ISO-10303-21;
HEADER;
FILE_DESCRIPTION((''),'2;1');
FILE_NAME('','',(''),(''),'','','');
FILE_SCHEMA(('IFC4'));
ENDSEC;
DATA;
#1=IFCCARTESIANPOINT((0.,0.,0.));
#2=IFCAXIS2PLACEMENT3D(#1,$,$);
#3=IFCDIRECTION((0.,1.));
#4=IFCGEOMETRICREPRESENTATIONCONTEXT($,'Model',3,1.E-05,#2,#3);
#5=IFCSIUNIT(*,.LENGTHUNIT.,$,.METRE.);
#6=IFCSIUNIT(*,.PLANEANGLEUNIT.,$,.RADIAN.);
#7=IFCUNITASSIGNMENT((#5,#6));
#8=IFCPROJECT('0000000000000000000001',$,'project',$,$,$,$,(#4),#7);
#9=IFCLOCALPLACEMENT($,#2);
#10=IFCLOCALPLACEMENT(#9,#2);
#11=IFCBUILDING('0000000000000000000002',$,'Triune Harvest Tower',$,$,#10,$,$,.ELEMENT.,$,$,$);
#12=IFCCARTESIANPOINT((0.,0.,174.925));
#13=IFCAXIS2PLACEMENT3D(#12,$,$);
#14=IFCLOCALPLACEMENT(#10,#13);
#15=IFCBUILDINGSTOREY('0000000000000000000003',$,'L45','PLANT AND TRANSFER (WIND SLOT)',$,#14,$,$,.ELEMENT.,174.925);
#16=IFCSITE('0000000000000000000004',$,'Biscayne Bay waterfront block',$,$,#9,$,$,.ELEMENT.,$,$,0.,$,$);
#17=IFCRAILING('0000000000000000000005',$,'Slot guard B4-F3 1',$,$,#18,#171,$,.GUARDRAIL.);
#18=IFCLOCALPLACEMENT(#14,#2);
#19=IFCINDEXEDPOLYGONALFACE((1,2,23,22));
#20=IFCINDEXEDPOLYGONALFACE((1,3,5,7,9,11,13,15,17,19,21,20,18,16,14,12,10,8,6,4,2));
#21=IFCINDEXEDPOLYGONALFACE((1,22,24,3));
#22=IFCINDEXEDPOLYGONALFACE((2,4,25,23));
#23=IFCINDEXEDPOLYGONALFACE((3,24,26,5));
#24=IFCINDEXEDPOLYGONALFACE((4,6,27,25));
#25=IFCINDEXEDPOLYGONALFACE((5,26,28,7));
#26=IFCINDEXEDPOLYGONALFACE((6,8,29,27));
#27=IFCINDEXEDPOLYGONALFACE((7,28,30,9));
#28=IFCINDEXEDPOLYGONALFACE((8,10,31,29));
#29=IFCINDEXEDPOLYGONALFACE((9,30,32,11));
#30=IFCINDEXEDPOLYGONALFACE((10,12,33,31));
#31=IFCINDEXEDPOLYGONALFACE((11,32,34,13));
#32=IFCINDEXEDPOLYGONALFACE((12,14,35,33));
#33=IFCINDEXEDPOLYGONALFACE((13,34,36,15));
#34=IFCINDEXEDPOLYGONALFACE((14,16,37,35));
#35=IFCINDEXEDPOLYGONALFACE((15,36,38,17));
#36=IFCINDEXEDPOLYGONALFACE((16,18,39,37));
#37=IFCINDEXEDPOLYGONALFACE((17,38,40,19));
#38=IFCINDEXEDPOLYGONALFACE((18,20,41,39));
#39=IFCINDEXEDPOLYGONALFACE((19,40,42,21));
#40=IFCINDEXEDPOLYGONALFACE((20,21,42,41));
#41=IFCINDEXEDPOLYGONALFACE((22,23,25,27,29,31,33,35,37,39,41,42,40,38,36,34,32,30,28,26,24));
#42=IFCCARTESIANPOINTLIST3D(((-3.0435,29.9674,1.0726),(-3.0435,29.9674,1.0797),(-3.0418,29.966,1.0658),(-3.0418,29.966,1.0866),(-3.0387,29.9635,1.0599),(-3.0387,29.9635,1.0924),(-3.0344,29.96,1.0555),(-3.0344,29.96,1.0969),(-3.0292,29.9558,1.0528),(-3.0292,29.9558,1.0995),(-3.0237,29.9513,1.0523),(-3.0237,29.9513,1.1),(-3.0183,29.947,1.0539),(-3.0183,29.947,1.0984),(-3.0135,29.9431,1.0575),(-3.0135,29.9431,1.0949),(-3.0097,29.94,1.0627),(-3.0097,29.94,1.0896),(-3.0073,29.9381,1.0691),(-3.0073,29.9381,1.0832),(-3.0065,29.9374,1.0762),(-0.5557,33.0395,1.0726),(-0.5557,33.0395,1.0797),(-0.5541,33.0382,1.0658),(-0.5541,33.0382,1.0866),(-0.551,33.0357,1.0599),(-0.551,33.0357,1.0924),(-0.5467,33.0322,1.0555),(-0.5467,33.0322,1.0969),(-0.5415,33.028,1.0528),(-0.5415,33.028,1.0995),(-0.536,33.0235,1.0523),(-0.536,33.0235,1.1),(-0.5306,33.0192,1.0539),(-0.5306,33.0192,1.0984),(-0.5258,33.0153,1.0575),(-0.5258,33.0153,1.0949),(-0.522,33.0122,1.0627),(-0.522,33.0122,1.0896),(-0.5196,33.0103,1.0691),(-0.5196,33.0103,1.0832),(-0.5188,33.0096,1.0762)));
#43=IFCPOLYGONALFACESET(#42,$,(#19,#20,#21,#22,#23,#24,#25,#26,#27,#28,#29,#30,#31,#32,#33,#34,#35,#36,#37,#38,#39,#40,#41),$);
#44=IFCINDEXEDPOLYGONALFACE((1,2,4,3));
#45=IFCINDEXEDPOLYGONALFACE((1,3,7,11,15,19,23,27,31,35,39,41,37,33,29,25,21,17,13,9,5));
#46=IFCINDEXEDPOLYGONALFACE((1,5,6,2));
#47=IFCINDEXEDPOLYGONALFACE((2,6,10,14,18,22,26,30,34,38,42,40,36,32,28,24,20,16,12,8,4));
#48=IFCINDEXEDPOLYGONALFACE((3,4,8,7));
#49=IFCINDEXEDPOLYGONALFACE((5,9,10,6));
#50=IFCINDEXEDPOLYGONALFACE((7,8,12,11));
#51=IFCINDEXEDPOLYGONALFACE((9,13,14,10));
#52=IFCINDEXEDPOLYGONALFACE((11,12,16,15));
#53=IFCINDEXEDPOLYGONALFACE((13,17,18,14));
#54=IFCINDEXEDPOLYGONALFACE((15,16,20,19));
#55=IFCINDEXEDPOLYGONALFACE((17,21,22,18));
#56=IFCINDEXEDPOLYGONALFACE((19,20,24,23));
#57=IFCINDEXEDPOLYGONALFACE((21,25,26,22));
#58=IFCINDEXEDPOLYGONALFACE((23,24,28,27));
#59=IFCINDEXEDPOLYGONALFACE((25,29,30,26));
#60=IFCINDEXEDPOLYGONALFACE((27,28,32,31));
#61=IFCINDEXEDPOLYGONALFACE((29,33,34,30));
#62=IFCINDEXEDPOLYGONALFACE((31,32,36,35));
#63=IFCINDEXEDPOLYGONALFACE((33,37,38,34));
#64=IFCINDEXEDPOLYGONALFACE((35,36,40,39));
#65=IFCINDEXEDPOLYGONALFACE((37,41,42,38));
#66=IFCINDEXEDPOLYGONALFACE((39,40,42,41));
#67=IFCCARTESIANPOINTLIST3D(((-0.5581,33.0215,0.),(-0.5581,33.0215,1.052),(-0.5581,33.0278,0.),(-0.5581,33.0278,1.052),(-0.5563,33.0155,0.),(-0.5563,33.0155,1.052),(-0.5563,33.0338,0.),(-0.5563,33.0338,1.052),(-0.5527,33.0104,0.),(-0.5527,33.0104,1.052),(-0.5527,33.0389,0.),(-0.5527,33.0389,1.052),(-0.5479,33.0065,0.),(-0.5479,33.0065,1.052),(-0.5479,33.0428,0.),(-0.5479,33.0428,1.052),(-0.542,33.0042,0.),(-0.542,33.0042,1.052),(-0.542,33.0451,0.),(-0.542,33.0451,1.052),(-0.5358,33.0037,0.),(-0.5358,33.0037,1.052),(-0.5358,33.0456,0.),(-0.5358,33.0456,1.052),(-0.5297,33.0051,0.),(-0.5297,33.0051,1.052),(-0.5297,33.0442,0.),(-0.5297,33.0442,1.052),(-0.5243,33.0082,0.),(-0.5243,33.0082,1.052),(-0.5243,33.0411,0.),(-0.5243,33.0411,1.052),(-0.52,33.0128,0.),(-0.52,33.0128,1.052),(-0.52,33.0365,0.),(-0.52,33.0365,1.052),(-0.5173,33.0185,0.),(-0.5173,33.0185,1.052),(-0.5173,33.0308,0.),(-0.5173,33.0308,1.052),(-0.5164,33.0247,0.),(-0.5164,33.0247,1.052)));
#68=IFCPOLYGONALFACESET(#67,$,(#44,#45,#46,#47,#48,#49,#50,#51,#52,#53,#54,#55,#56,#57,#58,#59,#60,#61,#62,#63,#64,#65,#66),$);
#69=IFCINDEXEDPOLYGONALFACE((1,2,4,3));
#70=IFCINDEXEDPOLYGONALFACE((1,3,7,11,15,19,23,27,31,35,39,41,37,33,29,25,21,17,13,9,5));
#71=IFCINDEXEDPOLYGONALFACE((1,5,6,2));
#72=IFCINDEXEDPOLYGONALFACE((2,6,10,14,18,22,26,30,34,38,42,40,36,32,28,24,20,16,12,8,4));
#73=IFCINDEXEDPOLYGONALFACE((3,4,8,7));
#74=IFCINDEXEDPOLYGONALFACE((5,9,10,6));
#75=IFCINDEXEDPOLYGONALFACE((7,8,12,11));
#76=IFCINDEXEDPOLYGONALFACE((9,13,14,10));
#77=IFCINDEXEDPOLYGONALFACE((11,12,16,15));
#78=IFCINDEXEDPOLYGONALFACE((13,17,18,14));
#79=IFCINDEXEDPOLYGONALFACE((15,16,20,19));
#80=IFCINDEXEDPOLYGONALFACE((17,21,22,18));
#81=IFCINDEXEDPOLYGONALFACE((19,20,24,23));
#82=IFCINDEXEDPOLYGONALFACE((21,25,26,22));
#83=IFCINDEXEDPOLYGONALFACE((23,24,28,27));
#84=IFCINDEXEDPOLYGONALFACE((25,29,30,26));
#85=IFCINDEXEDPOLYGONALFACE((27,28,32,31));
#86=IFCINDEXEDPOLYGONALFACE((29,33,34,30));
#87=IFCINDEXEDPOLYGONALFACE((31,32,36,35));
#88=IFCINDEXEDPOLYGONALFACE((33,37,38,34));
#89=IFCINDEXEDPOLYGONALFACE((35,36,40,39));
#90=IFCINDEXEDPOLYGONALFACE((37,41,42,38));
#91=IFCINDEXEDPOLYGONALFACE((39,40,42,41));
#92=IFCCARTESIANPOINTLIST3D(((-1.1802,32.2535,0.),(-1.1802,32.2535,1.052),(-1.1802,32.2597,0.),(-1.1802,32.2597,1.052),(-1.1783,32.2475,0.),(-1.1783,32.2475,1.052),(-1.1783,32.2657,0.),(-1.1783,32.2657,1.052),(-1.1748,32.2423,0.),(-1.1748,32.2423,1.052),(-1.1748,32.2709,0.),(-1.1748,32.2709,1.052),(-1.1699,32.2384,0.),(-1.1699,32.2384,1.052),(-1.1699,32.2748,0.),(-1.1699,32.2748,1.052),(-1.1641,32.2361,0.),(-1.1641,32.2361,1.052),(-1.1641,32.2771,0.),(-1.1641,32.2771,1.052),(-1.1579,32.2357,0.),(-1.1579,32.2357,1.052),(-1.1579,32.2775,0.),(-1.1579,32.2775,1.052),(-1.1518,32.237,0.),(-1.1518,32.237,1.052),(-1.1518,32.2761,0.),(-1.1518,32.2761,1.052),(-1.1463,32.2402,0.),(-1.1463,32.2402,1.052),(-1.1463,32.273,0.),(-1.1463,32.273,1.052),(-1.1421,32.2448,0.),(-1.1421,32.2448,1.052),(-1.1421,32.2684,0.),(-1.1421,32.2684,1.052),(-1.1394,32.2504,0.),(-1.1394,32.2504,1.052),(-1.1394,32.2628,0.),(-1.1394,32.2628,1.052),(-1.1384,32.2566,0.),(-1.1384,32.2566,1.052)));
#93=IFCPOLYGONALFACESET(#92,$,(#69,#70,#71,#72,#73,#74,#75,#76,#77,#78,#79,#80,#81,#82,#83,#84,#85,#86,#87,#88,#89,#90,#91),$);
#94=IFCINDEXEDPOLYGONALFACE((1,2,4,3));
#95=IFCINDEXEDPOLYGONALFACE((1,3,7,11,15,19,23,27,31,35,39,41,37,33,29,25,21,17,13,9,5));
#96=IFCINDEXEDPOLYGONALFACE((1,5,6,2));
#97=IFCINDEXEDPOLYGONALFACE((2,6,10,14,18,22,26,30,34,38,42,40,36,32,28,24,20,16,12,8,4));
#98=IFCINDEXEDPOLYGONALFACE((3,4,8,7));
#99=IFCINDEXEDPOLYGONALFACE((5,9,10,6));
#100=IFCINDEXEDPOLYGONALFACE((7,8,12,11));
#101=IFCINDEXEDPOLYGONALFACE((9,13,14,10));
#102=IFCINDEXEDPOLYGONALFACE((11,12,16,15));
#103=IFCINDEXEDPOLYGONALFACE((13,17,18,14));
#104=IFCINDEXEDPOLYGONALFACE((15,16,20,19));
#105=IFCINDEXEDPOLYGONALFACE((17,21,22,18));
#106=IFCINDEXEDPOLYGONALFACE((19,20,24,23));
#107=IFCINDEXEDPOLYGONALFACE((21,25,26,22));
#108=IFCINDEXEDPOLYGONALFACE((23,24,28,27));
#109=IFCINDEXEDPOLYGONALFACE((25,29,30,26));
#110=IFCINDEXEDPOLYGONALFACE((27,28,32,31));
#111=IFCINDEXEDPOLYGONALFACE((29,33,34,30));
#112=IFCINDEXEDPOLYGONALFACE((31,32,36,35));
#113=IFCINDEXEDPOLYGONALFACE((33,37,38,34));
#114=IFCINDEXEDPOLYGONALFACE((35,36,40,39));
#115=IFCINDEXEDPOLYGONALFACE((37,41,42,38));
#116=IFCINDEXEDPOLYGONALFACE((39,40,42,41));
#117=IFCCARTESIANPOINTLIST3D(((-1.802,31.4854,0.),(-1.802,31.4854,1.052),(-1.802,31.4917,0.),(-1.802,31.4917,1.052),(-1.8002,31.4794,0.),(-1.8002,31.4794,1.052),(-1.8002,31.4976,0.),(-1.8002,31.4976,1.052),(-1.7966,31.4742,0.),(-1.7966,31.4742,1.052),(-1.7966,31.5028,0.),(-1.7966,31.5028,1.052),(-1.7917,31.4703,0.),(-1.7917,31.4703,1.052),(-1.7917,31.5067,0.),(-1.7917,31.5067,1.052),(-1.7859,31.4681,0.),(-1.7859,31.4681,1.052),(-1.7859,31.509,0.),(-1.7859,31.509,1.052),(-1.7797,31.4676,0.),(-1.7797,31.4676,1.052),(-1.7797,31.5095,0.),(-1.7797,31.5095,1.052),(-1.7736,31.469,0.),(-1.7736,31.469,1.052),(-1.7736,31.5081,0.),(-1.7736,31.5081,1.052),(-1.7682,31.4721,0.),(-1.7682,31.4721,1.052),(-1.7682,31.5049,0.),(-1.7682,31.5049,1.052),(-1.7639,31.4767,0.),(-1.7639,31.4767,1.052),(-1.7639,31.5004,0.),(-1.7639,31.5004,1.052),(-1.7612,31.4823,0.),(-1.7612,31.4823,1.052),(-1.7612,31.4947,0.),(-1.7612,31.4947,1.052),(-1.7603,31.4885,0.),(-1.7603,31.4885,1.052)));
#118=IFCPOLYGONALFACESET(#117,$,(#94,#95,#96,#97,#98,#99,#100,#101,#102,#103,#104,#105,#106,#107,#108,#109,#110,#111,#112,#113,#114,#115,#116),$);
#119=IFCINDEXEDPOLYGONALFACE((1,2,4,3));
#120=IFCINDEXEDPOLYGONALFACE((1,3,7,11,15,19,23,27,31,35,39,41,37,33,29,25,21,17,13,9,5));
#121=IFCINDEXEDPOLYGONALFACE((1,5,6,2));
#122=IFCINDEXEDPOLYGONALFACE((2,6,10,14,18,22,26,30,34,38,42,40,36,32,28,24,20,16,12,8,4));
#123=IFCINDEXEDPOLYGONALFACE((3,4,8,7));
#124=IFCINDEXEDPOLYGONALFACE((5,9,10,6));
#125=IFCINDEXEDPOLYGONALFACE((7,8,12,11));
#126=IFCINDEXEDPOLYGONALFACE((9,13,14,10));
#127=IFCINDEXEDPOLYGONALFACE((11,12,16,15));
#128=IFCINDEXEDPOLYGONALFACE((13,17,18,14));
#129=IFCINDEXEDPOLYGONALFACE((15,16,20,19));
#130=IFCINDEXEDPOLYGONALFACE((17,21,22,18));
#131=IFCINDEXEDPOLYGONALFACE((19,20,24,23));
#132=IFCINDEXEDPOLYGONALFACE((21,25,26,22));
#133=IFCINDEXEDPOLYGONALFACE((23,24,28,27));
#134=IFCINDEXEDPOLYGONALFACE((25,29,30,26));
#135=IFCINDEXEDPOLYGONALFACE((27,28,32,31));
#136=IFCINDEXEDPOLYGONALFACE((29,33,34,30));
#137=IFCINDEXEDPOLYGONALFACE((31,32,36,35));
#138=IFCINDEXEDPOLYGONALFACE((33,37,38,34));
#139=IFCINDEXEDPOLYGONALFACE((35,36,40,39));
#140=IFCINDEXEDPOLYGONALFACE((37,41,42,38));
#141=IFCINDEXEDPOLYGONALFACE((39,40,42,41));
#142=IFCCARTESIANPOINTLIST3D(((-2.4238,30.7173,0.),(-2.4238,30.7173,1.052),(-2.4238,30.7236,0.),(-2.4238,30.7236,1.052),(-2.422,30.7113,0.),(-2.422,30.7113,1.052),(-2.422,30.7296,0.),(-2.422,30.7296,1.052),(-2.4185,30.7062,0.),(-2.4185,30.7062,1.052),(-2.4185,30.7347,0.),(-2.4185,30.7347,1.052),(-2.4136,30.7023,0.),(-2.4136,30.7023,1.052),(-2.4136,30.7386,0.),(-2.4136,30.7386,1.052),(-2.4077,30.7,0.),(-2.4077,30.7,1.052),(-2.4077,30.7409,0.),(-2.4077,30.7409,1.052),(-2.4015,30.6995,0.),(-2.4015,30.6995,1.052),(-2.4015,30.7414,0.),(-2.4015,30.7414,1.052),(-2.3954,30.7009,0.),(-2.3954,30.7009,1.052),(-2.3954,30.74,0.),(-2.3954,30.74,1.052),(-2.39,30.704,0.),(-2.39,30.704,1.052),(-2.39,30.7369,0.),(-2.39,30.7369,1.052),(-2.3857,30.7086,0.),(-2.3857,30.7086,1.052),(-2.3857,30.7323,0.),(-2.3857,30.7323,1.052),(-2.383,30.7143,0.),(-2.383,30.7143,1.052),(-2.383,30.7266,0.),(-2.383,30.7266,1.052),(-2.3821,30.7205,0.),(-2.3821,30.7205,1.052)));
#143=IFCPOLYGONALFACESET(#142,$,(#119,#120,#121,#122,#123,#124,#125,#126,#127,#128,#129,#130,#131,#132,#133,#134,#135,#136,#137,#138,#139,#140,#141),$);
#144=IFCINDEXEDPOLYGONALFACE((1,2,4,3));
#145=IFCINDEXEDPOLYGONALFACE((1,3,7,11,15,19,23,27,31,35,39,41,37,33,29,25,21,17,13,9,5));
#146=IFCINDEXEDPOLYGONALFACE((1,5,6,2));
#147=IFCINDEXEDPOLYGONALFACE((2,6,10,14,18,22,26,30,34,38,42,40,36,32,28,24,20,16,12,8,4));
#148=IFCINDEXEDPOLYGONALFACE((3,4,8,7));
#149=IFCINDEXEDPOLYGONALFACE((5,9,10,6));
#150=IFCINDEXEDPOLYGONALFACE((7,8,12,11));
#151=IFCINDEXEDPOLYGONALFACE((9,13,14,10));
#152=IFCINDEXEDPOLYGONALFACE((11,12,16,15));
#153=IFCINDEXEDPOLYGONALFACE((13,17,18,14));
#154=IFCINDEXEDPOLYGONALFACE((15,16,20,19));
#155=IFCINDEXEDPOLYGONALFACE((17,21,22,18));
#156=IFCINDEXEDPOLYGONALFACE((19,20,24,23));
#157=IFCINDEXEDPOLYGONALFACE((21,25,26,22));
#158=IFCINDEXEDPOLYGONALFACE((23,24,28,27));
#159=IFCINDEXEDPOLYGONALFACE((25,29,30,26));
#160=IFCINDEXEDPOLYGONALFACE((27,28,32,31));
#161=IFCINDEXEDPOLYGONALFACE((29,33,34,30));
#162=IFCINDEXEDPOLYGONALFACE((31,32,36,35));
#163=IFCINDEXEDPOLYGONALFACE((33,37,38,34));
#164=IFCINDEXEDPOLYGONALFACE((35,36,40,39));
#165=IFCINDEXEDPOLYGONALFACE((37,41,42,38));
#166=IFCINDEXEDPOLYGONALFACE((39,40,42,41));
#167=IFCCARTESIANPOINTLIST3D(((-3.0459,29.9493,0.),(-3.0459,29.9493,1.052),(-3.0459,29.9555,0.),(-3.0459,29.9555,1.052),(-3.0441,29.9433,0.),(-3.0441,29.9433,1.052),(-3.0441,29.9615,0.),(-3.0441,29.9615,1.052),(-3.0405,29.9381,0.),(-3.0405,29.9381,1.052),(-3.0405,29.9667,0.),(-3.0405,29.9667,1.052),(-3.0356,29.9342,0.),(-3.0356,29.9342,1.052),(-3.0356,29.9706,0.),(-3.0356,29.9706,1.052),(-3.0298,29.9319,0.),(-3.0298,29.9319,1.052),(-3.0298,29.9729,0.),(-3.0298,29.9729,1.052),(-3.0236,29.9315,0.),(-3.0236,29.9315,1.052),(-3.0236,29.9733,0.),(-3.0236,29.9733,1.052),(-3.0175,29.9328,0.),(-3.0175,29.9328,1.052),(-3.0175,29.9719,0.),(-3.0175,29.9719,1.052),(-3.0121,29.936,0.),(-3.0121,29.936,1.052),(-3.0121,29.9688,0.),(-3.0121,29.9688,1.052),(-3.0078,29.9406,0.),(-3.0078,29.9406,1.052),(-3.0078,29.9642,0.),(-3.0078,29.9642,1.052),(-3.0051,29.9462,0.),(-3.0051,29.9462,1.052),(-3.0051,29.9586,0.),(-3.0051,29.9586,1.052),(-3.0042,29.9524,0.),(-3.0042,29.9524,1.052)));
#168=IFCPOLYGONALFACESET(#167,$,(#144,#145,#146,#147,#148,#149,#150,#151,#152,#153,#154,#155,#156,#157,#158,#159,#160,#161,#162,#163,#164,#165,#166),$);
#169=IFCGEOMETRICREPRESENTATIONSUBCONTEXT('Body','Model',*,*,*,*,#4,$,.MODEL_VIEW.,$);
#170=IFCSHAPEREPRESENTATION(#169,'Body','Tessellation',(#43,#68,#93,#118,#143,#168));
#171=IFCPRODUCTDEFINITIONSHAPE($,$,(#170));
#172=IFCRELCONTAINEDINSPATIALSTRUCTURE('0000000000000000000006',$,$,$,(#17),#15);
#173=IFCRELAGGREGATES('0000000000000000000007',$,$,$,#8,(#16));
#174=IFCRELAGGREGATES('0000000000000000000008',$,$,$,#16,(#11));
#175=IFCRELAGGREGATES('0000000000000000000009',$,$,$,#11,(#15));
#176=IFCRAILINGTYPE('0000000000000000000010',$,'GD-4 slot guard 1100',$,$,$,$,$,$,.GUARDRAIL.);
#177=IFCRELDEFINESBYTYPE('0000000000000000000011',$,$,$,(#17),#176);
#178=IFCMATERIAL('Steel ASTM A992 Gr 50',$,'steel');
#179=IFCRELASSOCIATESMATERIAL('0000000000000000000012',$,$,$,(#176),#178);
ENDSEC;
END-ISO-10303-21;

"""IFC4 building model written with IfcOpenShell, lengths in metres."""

from ifc_helpers import new_model, si_unit, direction, frame, origin, origin_2d, place, context, subcontext, project, spatial, circle, extrude, material, type_object, element, save


model = new_model("IFC4")

# Units and contexts
model_context = context("Model", 3, precision=1e-05, world=origin(), true_north=direction((0.0, 1.0)))
body_context = subcontext(model_context, "Body", "Model", "MODEL_VIEW")
ifc_project = project(units=[si_unit("LENGTHUNIT", "METRE"), si_unit("PLANEANGLEUNIT", "RADIAN")], contexts=[model_context])

# Site, building, storey
site_placement = place(None, origin())
site = spatial("IfcSite", under=ifc_project, at=site_placement, Name="Biscayne Bay waterfront block", CompositionType="ELEMENT", RefElevation=0.0)
building_placement = place(site_placement, origin())
building = spatial("IfcBuilding", under=site, at=building_placement, Name="Triune Harvest Tower", CompositionType="ELEMENT")
storey_placement = place(building_placement, frame((0.0, 0.0, 174.925)))
storey = spatial("IfcBuildingStorey", under=building, at=storey_placement, Name="L45", Description="PLANT AND TRANSFER (WIND SLOT)", CompositionType="ELEMENT", Elevation=174.925)

# Railing
ifc_material_1 = material(Name="Steel ASTM A992 Gr 50", Category="steel")
railing_type = type_object("IfcRailingType", Name="GD-4 slot guard 1100", PredefinedType="GUARDRAIL", material=ifc_material_1)
railing_1_placement = place(storey_placement, frame((-0.5374, 33.0247, 0.0)))
element("IfcRailing", 1, at=railing_1_placement, inside=storey, type_object=railing_type, Name="Slot guard B4-F3 1", PredefinedType="GUARDRAIL", context=body_context, shape_type="SweptSolid", body=[
    extrude(circle(Radius=0.0239, at=origin_2d()), frame((0.0, 0.0, 1.0762), z_axis=(-0.629308, -0.777156, 0.0), x_axis=(0.777156, -0.629308, 0.0)), (0.0, 0.0, 1.0), 3.9531),
    extrude(circle(Radius=0.021, at=origin_2d()), origin(), (0.0, 0.0, 1.0), 1.052),
    extrude(circle(Radius=0.021, at=origin_2d()), frame((-0.6221, -0.7681, 0.0)), (0.0, 0.0, 1.0), 1.052),
    extrude(circle(Radius=0.021, at=origin_2d()), frame((-1.2439, -1.5361, 0.0)), (0.0, 0.0, 1.0), 1.052),
    extrude(circle(Radius=0.021, at=origin_2d()), frame((-1.8657, -2.3042, 0.0)), (0.0, 0.0, 1.0), 1.052),
    extrude(circle(Radius=0.021, at=origin_2d()), frame((-2.4878, -3.0723, 0.0)), (0.0, 0.0, 1.0), 1.052),
])

save(model, "model.ifc")
